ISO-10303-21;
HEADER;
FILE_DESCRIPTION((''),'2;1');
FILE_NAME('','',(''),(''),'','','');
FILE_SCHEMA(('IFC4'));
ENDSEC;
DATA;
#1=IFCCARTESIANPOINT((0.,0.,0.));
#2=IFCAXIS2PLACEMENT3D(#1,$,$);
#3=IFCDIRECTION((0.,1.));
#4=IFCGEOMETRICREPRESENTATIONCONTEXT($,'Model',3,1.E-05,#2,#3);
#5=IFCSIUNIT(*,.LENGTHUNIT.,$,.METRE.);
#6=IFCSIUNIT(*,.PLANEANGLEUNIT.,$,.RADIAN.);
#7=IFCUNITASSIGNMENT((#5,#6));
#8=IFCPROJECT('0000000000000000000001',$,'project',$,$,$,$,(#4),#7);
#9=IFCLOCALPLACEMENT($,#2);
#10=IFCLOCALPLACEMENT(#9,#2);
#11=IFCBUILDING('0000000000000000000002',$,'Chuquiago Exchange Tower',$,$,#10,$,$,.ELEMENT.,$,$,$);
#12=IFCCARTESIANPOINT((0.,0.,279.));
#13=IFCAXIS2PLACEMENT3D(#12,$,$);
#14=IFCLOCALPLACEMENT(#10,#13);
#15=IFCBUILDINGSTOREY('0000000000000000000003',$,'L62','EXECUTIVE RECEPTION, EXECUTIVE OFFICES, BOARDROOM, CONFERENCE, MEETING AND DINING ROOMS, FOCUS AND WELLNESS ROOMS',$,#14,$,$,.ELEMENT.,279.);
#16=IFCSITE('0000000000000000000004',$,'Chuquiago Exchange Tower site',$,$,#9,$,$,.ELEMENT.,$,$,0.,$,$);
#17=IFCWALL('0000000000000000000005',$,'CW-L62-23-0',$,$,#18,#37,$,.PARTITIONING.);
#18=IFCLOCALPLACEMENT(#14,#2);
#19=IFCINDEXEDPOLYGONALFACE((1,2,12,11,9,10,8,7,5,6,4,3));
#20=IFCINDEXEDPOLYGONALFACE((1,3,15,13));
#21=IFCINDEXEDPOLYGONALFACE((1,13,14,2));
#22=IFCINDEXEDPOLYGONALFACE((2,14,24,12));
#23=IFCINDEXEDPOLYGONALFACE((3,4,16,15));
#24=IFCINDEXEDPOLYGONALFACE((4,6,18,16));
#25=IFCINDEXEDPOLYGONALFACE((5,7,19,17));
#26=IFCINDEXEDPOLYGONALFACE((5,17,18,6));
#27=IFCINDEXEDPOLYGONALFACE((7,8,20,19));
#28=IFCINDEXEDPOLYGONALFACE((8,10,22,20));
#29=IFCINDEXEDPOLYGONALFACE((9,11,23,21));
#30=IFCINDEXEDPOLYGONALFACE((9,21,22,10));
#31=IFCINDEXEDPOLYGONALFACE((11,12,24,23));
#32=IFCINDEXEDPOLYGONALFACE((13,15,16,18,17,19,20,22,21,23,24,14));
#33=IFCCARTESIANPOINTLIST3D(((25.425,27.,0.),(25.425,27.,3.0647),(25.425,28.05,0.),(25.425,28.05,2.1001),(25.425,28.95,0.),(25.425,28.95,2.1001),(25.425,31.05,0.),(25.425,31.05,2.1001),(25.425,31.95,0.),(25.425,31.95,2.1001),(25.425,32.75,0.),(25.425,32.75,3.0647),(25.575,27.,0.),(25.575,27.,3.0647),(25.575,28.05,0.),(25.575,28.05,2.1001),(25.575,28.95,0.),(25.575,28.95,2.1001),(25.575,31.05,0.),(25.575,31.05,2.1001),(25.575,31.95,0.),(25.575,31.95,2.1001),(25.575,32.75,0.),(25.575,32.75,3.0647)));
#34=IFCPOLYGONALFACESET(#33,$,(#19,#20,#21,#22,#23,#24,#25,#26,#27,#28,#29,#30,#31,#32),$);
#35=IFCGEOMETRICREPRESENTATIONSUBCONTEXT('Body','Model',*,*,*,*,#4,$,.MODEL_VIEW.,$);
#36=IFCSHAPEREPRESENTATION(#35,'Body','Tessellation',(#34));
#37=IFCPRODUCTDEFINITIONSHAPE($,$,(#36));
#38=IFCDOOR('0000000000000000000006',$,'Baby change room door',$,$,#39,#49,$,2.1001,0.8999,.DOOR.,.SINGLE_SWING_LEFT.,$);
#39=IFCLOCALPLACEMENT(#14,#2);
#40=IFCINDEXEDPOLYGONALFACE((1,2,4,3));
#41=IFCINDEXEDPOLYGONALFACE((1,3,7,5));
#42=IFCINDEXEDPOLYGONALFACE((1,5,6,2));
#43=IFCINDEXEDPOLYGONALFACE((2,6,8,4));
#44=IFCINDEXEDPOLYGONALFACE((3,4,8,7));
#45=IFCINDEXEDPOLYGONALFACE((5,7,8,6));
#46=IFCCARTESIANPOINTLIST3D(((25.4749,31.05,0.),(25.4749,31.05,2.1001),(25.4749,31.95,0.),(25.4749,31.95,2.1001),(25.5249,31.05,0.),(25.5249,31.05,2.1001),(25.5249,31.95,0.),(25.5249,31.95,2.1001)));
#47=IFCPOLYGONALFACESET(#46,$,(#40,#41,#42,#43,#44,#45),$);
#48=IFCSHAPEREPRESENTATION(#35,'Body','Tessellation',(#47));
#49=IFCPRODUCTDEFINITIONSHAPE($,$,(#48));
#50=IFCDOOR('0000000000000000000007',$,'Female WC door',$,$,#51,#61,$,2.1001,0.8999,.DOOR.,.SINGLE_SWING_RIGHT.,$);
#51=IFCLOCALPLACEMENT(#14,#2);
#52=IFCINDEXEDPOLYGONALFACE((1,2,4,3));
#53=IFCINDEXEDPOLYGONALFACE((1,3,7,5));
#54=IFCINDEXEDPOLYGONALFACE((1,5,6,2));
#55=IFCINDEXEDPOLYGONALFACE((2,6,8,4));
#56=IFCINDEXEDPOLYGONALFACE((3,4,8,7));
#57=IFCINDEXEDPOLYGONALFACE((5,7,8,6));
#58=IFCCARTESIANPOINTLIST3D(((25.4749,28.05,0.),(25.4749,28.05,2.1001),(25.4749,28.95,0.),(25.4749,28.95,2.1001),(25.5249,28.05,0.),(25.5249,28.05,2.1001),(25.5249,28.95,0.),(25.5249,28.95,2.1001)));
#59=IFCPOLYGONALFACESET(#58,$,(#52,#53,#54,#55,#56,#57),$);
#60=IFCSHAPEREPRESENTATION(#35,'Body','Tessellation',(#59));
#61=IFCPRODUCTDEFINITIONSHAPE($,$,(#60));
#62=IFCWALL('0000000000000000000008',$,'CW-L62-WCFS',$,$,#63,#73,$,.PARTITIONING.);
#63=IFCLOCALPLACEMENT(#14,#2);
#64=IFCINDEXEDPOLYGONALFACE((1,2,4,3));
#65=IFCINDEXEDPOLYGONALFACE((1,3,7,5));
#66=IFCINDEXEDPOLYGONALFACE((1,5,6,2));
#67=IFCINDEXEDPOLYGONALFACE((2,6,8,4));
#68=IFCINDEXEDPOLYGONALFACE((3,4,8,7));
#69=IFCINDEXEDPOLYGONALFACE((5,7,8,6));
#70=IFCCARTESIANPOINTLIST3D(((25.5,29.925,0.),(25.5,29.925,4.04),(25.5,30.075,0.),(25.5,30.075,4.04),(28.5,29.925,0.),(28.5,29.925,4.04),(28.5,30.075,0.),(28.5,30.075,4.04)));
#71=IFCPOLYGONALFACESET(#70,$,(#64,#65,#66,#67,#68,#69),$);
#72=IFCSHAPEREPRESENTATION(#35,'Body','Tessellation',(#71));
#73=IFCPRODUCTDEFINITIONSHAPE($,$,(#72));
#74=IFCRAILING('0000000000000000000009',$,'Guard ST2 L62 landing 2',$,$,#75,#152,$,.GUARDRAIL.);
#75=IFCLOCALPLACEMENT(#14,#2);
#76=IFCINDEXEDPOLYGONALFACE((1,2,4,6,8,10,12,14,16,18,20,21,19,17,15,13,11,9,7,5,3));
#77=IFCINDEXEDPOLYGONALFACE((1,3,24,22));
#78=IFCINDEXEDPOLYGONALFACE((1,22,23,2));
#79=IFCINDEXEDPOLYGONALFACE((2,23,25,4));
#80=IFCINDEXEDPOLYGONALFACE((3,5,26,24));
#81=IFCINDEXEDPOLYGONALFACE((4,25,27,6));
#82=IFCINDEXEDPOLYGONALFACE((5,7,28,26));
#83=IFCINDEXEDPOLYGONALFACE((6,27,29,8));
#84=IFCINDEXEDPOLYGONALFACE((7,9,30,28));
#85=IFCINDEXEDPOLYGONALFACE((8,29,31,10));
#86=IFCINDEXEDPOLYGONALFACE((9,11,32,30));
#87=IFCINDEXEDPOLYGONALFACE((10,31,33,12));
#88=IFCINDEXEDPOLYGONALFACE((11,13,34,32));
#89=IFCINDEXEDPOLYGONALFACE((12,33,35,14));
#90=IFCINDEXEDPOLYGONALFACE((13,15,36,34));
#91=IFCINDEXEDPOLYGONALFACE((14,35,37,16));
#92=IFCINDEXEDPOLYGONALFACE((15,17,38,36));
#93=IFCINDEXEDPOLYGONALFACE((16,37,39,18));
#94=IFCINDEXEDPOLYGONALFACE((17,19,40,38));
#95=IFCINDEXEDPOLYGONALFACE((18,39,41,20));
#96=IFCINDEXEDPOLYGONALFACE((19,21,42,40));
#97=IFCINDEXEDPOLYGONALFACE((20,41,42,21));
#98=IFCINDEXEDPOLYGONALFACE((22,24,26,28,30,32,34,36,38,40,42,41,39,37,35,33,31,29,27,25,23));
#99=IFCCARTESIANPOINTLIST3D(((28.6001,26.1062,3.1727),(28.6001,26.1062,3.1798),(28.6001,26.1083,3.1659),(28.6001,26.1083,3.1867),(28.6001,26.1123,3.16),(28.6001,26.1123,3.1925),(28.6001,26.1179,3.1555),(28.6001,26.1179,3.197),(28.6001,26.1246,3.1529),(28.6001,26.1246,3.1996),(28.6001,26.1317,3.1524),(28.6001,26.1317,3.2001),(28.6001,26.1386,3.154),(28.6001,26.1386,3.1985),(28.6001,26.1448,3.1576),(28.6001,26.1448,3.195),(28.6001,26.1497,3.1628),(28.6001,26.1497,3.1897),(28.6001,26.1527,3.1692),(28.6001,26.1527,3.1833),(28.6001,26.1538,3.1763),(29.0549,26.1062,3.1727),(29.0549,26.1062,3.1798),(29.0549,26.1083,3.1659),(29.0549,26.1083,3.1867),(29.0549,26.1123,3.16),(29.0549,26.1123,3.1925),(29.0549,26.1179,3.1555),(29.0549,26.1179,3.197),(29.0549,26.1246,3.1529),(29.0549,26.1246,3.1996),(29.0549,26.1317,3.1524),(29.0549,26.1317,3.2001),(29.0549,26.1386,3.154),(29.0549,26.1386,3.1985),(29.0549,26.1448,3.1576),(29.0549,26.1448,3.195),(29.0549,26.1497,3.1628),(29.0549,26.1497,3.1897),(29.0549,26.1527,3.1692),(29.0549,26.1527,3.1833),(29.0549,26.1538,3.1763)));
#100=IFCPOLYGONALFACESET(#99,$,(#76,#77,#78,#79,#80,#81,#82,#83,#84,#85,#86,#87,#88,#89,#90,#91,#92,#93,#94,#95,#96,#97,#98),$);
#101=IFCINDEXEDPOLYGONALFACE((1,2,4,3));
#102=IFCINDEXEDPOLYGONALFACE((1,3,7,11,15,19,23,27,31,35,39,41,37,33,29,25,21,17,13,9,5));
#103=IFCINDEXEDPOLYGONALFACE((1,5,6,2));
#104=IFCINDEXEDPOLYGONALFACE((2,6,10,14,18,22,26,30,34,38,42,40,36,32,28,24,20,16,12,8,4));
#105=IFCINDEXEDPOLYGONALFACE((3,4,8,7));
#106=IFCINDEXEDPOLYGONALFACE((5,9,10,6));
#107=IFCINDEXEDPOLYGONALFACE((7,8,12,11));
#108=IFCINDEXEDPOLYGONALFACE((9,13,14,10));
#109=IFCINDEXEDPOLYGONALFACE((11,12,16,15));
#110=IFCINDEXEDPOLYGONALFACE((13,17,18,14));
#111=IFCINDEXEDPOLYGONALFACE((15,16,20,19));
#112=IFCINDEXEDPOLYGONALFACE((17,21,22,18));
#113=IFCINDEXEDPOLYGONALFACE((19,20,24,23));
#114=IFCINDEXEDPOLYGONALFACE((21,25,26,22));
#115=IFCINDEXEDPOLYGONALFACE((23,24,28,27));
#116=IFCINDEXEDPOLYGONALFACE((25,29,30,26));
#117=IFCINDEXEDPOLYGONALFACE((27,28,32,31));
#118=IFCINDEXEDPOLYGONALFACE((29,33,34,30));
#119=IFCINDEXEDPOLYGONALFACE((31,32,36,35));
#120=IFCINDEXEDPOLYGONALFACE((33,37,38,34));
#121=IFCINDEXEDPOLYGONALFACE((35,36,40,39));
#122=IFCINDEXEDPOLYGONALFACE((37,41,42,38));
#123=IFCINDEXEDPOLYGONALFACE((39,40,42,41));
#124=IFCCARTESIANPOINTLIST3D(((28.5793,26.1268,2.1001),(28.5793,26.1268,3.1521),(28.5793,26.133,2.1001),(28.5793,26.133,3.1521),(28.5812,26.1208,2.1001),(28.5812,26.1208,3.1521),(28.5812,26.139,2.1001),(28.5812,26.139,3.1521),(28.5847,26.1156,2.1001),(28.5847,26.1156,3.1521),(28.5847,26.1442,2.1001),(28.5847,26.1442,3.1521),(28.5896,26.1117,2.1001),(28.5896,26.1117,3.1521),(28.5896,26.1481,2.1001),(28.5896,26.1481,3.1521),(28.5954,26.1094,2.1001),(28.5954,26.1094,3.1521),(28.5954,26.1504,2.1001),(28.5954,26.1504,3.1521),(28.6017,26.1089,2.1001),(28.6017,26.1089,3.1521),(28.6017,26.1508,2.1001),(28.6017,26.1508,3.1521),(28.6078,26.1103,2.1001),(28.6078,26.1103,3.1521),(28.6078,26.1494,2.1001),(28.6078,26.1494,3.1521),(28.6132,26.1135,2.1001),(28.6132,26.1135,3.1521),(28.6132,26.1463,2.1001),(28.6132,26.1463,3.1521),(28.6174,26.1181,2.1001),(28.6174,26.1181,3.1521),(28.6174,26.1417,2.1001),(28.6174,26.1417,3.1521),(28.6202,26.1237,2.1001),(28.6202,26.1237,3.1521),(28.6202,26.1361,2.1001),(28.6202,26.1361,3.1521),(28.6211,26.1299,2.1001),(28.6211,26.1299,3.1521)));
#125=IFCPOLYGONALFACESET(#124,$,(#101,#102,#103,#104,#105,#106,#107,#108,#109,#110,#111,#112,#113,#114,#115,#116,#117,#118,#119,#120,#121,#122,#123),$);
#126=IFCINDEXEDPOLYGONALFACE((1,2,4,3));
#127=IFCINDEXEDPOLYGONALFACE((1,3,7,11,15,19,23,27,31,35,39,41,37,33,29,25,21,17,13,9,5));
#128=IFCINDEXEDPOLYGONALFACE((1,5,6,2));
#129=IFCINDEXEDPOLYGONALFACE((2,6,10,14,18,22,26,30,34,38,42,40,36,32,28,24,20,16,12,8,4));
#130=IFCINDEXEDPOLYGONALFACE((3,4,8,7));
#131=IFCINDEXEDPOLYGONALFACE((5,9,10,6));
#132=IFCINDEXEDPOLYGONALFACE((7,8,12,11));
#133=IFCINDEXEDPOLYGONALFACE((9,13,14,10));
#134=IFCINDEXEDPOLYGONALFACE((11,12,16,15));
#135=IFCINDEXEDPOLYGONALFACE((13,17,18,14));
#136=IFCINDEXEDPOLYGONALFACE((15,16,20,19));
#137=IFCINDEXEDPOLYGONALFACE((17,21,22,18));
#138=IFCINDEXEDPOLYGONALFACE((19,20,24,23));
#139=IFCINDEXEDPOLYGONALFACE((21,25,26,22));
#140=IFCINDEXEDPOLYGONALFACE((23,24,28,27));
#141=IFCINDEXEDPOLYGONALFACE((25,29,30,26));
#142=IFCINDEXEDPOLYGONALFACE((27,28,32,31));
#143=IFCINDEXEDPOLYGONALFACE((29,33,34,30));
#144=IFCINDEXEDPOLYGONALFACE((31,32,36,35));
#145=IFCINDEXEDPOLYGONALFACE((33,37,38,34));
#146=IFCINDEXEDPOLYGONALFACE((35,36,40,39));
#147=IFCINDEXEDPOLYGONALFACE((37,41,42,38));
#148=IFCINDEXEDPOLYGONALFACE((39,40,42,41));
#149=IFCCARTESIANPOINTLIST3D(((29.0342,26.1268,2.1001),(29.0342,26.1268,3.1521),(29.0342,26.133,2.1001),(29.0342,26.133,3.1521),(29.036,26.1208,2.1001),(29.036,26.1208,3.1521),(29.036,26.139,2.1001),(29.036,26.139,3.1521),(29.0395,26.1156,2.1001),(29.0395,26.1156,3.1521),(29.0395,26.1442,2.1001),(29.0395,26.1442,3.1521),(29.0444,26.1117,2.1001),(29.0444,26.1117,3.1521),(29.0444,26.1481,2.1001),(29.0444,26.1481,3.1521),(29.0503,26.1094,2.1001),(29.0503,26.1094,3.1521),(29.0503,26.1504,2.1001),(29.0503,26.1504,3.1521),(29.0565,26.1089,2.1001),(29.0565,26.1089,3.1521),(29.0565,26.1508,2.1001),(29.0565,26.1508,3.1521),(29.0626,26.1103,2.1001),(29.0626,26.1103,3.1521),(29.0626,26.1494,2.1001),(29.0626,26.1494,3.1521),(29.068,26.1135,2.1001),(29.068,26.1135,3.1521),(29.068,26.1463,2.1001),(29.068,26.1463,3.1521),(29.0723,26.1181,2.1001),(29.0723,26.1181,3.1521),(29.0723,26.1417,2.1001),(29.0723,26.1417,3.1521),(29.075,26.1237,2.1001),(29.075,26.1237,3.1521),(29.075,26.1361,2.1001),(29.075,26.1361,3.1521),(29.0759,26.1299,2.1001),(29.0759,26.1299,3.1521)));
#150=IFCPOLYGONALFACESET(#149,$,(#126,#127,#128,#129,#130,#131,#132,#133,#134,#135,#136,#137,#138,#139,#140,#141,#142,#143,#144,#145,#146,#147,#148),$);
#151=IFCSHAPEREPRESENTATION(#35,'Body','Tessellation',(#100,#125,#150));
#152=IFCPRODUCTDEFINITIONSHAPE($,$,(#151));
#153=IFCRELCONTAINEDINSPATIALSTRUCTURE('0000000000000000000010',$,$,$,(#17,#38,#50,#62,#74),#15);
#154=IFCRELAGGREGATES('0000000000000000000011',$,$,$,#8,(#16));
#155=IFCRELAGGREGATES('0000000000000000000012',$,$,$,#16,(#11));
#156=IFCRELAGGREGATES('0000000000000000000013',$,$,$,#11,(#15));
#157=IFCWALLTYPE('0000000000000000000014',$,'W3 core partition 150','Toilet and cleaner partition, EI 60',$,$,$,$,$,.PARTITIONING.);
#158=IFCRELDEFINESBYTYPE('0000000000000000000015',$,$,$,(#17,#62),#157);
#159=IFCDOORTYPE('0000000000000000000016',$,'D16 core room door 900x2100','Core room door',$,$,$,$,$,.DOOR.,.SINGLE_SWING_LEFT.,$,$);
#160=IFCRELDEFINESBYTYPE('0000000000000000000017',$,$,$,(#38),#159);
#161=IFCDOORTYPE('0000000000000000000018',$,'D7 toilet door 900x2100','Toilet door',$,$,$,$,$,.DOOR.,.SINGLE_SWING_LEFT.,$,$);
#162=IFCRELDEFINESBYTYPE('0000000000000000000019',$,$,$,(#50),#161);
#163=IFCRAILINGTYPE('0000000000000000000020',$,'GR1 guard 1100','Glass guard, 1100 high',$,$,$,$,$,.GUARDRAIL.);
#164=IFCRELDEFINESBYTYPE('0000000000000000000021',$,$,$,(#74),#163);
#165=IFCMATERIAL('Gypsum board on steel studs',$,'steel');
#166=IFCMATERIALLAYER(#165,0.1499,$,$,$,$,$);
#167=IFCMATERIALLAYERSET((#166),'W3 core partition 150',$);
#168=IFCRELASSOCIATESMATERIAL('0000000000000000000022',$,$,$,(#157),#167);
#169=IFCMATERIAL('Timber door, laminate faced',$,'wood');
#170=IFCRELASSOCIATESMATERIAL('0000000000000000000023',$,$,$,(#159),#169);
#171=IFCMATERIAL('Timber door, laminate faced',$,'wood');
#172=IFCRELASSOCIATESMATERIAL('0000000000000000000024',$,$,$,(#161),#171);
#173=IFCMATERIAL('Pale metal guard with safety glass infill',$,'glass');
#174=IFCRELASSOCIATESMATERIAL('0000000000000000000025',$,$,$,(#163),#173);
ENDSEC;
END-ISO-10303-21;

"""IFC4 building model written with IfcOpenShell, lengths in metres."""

from ifc_helpers import new_model, si_unit, direction, frame, frame_2d, origin, origin_2d, place, context, subcontext, project, spatial, rectangle, circle, extrude, material, layer, layer_set, type_object, element, fill, save


model = new_model("IFC4")

# Units and contexts
model_context = context("Model", 3, precision=1e-05, world=origin(), true_north=direction((0.0, 1.0)))
body_context = subcontext(model_context, "Body", "Model", "MODEL_VIEW")
ifc_project = project(units=[si_unit("LENGTHUNIT", "METRE"), si_unit("PLANEANGLEUNIT", "RADIAN")], contexts=[model_context])

# Site, building, storey
site_placement = place(None, origin())
site = spatial("IfcSite", under=ifc_project, at=site_placement, Name="Chuquiago Exchange Tower site", CompositionType="ELEMENT", RefElevation=0.0)
building_placement = place(site_placement, origin())
building = spatial("IfcBuilding", under=site, at=building_placement, Name="Chuquiago Exchange Tower", CompositionType="ELEMENT")
storey_placement = place(building_placement, frame((0.0, 0.0, 279.0)))
storey = spatial("IfcBuildingStorey", under=building, at=storey_placement, Name="L62", Description="EXECUTIVE RECEPTION, EXECUTIVE OFFICES, BOARDROOM, CONFERENCE, MEETING AND DINING ROOMS, FOCUS AND WELLNESS ROOMS", CompositionType="ELEMENT", Elevation=279.0)

# Wall, openings, doors
ifc_material_1 = material(Name="Gypsum board on steel studs", Category="steel")
ifc_layer_1 = layer(ifc_material_1, 0.1499)
ifc_layer_set_1 = layer_set([ifc_layer_1], Name="W3 core partition 150")
wall_type_1 = type_object("IfcWallType", Name="W3 core partition 150", Description="Toilet and cleaner partition, EI 60", PredefinedType="PARTITIONING", material=ifc_layer_set_1)
ifc_material_2 = material(Name="Timber door, laminate faced", Category="wood")
door_type_1 = type_object("IfcDoorType", Name="D16 core room door 900x2100", Description="Core room door", OperationType="SINGLE_SWING_LEFT", PredefinedType="DOOR", material=ifc_material_2)
ifc_material_3 = material(Name="Timber door, laminate faced", Category="wood")
door_type_2 = type_object("IfcDoorType", Name="D7 toilet door 900x2100", Description="Toilet door", OperationType="SINGLE_SWING_LEFT", PredefinedType="DOOR", material=ifc_material_3)
wall_1_placement = place(storey_placement, frame((25.5, 27.0, 0.0), z_axis=(0.0, 0.0, 1.0), x_axis=(0.0, 1.0, 0.0)))
wall_1 = element("IfcWall", 1, at=wall_1_placement, inside=storey, type_object=wall_type_1, Name="CW-L62-23-0", PredefinedType="PARTITIONING", context=body_context, shape_type="SweptSolid", body=[
    extrude(rectangle(XDim=5.75, YDim=0.1499, at=frame_2d((2.875, 0.0))), origin(), (0.0, 0.0, 1.0), 3.0647),
])
opening_1_placement = place(wall_1_placement, frame((1.05, 0.0, 0.0)))
opening_1 = element("IfcOpeningElement", 2, at=opening_1_placement, cuts=wall_1, PredefinedType="OPENING", context=body_context, shape_type="SweptSolid", body=[
    extrude(rectangle(XDim=0.8999, YDim=2.1001, at=frame_2d((0.45, 1.05))), frame((0.0, 0.085, 0.0), z_axis=(0.0, -1.0, 0.0), x_axis=(1.0, 0.0, 0.0)), (0.0, 0.0, 1.0), 0.1699),
])
opening_2_placement = place(wall_1_placement, frame((4.05, 0.0, 0.0)))
opening_2 = element("IfcOpeningElement", 3, at=opening_2_placement, cuts=wall_1, PredefinedType="OPENING", context=body_context, shape_type="SweptSolid", body=[
    extrude(rectangle(XDim=0.8999, YDim=2.1001, at=frame_2d((0.45, 1.05))), frame((0.0, 0.085, 0.0), z_axis=(0.0, -1.0, 0.0), x_axis=(1.0, 0.0, 0.0)), (0.0, 0.0, 1.0), 0.1699),
])
door_1_placement = place(opening_2_placement, frame((0.8999, 0.0, 0.0), z_axis=(0.0, 0.0, 1.0), x_axis=(-1.0, 0.0, 0.0)))
door_1 = element("IfcDoor", 4, at=door_1_placement, inside=storey, type_object=door_type_1, Name="Baby change room door", OperationType="SINGLE_SWING_LEFT", OverallHeight=2.1001, OverallWidth=0.8999, PredefinedType="DOOR", context=body_context, shape_type="SweptSolid", body=[
    extrude(rectangle(XDim=0.8999, YDim=2.1001, at=frame_2d((0.45, 1.05))), frame((0.0, 0.0249, 0.0), z_axis=(0.0, -1.0, 0.0), x_axis=(1.0, 0.0, 0.0)), (0.0, 0.0, 1.0), 0.05),
])
fill(opening_2, door_1)
door_2_placement = place(opening_1_placement, frame((0.8999, 0.0, 0.0), z_axis=(0.0, 0.0, 1.0), x_axis=(-1.0, 0.0, 0.0)))
door_2 = element("IfcDoor", 5, at=door_2_placement, inside=storey, type_object=door_type_2, Name="Female WC door", OperationType="SINGLE_SWING_RIGHT", OverallHeight=2.1001, OverallWidth=0.8999, PredefinedType="DOOR", context=body_context, shape_type="SweptSolid", body=[
    extrude(rectangle(XDim=0.8999, YDim=2.1001, at=frame_2d((0.45, 1.05))), frame((0.0, 0.0249, 0.0), z_axis=(0.0, -1.0, 0.0), x_axis=(1.0, 0.0, 0.0)), (0.0, 0.0, 1.0), 0.05),
])
fill(opening_1, door_2)

# Wall
wall_2_placement = place(storey_placement, frame((25.5, 30.0, 0.0), z_axis=(0.0, 0.0, 1.0), x_axis=(1.0, 0.0, 0.0)))
element("IfcWall", 6, at=wall_2_placement, inside=storey, type_object=wall_type_1, Name="CW-L62-WCFS", PredefinedType="PARTITIONING", context=body_context, shape_type="SweptSolid", body=[
    extrude(rectangle(XDim=3.0, YDim=0.1499, at=frame_2d((1.5, 0.0))), origin(), (0.0, 0.0, 1.0), 4.04),
])

# Railing
ifc_material_4 = material(Name="Pale metal guard with safety glass infill", Category="glass")
railing_type_1 = type_object("IfcRailingType", Name="GR1 guard 1100", Description="Glass guard, 1100 high", PredefinedType="GUARDRAIL", material=ifc_material_4)
railing_1_placement = place(storey_placement, frame((28.6001, 26.1299, 2.1001)))
element("IfcRailing", 7, at=railing_1_placement, inside=storey, type_object=railing_type_1, Name="Guard ST2 L62 landing 2", PredefinedType="GUARDRAIL", context=body_context, shape_type="SweptSolid", body=[
    extrude(circle(Radius=0.0239, at=origin_2d()), frame((0.0, 0.0, 1.0762), z_axis=(1.0, 0.0, 0.0), x_axis=(0.0, 1.0, 0.0)), (0.0, 0.0, 1.0), 0.4548),
    extrude(circle(Radius=0.021, at=origin_2d()), origin(), (0.0, 0.0, 1.0), 1.052),
    extrude(circle(Radius=0.021, at=origin_2d()), frame((0.4548, 0.0, 0.0)), (0.0, 0.0, 1.0), 1.052),
])

save(model, "model.ifc")
